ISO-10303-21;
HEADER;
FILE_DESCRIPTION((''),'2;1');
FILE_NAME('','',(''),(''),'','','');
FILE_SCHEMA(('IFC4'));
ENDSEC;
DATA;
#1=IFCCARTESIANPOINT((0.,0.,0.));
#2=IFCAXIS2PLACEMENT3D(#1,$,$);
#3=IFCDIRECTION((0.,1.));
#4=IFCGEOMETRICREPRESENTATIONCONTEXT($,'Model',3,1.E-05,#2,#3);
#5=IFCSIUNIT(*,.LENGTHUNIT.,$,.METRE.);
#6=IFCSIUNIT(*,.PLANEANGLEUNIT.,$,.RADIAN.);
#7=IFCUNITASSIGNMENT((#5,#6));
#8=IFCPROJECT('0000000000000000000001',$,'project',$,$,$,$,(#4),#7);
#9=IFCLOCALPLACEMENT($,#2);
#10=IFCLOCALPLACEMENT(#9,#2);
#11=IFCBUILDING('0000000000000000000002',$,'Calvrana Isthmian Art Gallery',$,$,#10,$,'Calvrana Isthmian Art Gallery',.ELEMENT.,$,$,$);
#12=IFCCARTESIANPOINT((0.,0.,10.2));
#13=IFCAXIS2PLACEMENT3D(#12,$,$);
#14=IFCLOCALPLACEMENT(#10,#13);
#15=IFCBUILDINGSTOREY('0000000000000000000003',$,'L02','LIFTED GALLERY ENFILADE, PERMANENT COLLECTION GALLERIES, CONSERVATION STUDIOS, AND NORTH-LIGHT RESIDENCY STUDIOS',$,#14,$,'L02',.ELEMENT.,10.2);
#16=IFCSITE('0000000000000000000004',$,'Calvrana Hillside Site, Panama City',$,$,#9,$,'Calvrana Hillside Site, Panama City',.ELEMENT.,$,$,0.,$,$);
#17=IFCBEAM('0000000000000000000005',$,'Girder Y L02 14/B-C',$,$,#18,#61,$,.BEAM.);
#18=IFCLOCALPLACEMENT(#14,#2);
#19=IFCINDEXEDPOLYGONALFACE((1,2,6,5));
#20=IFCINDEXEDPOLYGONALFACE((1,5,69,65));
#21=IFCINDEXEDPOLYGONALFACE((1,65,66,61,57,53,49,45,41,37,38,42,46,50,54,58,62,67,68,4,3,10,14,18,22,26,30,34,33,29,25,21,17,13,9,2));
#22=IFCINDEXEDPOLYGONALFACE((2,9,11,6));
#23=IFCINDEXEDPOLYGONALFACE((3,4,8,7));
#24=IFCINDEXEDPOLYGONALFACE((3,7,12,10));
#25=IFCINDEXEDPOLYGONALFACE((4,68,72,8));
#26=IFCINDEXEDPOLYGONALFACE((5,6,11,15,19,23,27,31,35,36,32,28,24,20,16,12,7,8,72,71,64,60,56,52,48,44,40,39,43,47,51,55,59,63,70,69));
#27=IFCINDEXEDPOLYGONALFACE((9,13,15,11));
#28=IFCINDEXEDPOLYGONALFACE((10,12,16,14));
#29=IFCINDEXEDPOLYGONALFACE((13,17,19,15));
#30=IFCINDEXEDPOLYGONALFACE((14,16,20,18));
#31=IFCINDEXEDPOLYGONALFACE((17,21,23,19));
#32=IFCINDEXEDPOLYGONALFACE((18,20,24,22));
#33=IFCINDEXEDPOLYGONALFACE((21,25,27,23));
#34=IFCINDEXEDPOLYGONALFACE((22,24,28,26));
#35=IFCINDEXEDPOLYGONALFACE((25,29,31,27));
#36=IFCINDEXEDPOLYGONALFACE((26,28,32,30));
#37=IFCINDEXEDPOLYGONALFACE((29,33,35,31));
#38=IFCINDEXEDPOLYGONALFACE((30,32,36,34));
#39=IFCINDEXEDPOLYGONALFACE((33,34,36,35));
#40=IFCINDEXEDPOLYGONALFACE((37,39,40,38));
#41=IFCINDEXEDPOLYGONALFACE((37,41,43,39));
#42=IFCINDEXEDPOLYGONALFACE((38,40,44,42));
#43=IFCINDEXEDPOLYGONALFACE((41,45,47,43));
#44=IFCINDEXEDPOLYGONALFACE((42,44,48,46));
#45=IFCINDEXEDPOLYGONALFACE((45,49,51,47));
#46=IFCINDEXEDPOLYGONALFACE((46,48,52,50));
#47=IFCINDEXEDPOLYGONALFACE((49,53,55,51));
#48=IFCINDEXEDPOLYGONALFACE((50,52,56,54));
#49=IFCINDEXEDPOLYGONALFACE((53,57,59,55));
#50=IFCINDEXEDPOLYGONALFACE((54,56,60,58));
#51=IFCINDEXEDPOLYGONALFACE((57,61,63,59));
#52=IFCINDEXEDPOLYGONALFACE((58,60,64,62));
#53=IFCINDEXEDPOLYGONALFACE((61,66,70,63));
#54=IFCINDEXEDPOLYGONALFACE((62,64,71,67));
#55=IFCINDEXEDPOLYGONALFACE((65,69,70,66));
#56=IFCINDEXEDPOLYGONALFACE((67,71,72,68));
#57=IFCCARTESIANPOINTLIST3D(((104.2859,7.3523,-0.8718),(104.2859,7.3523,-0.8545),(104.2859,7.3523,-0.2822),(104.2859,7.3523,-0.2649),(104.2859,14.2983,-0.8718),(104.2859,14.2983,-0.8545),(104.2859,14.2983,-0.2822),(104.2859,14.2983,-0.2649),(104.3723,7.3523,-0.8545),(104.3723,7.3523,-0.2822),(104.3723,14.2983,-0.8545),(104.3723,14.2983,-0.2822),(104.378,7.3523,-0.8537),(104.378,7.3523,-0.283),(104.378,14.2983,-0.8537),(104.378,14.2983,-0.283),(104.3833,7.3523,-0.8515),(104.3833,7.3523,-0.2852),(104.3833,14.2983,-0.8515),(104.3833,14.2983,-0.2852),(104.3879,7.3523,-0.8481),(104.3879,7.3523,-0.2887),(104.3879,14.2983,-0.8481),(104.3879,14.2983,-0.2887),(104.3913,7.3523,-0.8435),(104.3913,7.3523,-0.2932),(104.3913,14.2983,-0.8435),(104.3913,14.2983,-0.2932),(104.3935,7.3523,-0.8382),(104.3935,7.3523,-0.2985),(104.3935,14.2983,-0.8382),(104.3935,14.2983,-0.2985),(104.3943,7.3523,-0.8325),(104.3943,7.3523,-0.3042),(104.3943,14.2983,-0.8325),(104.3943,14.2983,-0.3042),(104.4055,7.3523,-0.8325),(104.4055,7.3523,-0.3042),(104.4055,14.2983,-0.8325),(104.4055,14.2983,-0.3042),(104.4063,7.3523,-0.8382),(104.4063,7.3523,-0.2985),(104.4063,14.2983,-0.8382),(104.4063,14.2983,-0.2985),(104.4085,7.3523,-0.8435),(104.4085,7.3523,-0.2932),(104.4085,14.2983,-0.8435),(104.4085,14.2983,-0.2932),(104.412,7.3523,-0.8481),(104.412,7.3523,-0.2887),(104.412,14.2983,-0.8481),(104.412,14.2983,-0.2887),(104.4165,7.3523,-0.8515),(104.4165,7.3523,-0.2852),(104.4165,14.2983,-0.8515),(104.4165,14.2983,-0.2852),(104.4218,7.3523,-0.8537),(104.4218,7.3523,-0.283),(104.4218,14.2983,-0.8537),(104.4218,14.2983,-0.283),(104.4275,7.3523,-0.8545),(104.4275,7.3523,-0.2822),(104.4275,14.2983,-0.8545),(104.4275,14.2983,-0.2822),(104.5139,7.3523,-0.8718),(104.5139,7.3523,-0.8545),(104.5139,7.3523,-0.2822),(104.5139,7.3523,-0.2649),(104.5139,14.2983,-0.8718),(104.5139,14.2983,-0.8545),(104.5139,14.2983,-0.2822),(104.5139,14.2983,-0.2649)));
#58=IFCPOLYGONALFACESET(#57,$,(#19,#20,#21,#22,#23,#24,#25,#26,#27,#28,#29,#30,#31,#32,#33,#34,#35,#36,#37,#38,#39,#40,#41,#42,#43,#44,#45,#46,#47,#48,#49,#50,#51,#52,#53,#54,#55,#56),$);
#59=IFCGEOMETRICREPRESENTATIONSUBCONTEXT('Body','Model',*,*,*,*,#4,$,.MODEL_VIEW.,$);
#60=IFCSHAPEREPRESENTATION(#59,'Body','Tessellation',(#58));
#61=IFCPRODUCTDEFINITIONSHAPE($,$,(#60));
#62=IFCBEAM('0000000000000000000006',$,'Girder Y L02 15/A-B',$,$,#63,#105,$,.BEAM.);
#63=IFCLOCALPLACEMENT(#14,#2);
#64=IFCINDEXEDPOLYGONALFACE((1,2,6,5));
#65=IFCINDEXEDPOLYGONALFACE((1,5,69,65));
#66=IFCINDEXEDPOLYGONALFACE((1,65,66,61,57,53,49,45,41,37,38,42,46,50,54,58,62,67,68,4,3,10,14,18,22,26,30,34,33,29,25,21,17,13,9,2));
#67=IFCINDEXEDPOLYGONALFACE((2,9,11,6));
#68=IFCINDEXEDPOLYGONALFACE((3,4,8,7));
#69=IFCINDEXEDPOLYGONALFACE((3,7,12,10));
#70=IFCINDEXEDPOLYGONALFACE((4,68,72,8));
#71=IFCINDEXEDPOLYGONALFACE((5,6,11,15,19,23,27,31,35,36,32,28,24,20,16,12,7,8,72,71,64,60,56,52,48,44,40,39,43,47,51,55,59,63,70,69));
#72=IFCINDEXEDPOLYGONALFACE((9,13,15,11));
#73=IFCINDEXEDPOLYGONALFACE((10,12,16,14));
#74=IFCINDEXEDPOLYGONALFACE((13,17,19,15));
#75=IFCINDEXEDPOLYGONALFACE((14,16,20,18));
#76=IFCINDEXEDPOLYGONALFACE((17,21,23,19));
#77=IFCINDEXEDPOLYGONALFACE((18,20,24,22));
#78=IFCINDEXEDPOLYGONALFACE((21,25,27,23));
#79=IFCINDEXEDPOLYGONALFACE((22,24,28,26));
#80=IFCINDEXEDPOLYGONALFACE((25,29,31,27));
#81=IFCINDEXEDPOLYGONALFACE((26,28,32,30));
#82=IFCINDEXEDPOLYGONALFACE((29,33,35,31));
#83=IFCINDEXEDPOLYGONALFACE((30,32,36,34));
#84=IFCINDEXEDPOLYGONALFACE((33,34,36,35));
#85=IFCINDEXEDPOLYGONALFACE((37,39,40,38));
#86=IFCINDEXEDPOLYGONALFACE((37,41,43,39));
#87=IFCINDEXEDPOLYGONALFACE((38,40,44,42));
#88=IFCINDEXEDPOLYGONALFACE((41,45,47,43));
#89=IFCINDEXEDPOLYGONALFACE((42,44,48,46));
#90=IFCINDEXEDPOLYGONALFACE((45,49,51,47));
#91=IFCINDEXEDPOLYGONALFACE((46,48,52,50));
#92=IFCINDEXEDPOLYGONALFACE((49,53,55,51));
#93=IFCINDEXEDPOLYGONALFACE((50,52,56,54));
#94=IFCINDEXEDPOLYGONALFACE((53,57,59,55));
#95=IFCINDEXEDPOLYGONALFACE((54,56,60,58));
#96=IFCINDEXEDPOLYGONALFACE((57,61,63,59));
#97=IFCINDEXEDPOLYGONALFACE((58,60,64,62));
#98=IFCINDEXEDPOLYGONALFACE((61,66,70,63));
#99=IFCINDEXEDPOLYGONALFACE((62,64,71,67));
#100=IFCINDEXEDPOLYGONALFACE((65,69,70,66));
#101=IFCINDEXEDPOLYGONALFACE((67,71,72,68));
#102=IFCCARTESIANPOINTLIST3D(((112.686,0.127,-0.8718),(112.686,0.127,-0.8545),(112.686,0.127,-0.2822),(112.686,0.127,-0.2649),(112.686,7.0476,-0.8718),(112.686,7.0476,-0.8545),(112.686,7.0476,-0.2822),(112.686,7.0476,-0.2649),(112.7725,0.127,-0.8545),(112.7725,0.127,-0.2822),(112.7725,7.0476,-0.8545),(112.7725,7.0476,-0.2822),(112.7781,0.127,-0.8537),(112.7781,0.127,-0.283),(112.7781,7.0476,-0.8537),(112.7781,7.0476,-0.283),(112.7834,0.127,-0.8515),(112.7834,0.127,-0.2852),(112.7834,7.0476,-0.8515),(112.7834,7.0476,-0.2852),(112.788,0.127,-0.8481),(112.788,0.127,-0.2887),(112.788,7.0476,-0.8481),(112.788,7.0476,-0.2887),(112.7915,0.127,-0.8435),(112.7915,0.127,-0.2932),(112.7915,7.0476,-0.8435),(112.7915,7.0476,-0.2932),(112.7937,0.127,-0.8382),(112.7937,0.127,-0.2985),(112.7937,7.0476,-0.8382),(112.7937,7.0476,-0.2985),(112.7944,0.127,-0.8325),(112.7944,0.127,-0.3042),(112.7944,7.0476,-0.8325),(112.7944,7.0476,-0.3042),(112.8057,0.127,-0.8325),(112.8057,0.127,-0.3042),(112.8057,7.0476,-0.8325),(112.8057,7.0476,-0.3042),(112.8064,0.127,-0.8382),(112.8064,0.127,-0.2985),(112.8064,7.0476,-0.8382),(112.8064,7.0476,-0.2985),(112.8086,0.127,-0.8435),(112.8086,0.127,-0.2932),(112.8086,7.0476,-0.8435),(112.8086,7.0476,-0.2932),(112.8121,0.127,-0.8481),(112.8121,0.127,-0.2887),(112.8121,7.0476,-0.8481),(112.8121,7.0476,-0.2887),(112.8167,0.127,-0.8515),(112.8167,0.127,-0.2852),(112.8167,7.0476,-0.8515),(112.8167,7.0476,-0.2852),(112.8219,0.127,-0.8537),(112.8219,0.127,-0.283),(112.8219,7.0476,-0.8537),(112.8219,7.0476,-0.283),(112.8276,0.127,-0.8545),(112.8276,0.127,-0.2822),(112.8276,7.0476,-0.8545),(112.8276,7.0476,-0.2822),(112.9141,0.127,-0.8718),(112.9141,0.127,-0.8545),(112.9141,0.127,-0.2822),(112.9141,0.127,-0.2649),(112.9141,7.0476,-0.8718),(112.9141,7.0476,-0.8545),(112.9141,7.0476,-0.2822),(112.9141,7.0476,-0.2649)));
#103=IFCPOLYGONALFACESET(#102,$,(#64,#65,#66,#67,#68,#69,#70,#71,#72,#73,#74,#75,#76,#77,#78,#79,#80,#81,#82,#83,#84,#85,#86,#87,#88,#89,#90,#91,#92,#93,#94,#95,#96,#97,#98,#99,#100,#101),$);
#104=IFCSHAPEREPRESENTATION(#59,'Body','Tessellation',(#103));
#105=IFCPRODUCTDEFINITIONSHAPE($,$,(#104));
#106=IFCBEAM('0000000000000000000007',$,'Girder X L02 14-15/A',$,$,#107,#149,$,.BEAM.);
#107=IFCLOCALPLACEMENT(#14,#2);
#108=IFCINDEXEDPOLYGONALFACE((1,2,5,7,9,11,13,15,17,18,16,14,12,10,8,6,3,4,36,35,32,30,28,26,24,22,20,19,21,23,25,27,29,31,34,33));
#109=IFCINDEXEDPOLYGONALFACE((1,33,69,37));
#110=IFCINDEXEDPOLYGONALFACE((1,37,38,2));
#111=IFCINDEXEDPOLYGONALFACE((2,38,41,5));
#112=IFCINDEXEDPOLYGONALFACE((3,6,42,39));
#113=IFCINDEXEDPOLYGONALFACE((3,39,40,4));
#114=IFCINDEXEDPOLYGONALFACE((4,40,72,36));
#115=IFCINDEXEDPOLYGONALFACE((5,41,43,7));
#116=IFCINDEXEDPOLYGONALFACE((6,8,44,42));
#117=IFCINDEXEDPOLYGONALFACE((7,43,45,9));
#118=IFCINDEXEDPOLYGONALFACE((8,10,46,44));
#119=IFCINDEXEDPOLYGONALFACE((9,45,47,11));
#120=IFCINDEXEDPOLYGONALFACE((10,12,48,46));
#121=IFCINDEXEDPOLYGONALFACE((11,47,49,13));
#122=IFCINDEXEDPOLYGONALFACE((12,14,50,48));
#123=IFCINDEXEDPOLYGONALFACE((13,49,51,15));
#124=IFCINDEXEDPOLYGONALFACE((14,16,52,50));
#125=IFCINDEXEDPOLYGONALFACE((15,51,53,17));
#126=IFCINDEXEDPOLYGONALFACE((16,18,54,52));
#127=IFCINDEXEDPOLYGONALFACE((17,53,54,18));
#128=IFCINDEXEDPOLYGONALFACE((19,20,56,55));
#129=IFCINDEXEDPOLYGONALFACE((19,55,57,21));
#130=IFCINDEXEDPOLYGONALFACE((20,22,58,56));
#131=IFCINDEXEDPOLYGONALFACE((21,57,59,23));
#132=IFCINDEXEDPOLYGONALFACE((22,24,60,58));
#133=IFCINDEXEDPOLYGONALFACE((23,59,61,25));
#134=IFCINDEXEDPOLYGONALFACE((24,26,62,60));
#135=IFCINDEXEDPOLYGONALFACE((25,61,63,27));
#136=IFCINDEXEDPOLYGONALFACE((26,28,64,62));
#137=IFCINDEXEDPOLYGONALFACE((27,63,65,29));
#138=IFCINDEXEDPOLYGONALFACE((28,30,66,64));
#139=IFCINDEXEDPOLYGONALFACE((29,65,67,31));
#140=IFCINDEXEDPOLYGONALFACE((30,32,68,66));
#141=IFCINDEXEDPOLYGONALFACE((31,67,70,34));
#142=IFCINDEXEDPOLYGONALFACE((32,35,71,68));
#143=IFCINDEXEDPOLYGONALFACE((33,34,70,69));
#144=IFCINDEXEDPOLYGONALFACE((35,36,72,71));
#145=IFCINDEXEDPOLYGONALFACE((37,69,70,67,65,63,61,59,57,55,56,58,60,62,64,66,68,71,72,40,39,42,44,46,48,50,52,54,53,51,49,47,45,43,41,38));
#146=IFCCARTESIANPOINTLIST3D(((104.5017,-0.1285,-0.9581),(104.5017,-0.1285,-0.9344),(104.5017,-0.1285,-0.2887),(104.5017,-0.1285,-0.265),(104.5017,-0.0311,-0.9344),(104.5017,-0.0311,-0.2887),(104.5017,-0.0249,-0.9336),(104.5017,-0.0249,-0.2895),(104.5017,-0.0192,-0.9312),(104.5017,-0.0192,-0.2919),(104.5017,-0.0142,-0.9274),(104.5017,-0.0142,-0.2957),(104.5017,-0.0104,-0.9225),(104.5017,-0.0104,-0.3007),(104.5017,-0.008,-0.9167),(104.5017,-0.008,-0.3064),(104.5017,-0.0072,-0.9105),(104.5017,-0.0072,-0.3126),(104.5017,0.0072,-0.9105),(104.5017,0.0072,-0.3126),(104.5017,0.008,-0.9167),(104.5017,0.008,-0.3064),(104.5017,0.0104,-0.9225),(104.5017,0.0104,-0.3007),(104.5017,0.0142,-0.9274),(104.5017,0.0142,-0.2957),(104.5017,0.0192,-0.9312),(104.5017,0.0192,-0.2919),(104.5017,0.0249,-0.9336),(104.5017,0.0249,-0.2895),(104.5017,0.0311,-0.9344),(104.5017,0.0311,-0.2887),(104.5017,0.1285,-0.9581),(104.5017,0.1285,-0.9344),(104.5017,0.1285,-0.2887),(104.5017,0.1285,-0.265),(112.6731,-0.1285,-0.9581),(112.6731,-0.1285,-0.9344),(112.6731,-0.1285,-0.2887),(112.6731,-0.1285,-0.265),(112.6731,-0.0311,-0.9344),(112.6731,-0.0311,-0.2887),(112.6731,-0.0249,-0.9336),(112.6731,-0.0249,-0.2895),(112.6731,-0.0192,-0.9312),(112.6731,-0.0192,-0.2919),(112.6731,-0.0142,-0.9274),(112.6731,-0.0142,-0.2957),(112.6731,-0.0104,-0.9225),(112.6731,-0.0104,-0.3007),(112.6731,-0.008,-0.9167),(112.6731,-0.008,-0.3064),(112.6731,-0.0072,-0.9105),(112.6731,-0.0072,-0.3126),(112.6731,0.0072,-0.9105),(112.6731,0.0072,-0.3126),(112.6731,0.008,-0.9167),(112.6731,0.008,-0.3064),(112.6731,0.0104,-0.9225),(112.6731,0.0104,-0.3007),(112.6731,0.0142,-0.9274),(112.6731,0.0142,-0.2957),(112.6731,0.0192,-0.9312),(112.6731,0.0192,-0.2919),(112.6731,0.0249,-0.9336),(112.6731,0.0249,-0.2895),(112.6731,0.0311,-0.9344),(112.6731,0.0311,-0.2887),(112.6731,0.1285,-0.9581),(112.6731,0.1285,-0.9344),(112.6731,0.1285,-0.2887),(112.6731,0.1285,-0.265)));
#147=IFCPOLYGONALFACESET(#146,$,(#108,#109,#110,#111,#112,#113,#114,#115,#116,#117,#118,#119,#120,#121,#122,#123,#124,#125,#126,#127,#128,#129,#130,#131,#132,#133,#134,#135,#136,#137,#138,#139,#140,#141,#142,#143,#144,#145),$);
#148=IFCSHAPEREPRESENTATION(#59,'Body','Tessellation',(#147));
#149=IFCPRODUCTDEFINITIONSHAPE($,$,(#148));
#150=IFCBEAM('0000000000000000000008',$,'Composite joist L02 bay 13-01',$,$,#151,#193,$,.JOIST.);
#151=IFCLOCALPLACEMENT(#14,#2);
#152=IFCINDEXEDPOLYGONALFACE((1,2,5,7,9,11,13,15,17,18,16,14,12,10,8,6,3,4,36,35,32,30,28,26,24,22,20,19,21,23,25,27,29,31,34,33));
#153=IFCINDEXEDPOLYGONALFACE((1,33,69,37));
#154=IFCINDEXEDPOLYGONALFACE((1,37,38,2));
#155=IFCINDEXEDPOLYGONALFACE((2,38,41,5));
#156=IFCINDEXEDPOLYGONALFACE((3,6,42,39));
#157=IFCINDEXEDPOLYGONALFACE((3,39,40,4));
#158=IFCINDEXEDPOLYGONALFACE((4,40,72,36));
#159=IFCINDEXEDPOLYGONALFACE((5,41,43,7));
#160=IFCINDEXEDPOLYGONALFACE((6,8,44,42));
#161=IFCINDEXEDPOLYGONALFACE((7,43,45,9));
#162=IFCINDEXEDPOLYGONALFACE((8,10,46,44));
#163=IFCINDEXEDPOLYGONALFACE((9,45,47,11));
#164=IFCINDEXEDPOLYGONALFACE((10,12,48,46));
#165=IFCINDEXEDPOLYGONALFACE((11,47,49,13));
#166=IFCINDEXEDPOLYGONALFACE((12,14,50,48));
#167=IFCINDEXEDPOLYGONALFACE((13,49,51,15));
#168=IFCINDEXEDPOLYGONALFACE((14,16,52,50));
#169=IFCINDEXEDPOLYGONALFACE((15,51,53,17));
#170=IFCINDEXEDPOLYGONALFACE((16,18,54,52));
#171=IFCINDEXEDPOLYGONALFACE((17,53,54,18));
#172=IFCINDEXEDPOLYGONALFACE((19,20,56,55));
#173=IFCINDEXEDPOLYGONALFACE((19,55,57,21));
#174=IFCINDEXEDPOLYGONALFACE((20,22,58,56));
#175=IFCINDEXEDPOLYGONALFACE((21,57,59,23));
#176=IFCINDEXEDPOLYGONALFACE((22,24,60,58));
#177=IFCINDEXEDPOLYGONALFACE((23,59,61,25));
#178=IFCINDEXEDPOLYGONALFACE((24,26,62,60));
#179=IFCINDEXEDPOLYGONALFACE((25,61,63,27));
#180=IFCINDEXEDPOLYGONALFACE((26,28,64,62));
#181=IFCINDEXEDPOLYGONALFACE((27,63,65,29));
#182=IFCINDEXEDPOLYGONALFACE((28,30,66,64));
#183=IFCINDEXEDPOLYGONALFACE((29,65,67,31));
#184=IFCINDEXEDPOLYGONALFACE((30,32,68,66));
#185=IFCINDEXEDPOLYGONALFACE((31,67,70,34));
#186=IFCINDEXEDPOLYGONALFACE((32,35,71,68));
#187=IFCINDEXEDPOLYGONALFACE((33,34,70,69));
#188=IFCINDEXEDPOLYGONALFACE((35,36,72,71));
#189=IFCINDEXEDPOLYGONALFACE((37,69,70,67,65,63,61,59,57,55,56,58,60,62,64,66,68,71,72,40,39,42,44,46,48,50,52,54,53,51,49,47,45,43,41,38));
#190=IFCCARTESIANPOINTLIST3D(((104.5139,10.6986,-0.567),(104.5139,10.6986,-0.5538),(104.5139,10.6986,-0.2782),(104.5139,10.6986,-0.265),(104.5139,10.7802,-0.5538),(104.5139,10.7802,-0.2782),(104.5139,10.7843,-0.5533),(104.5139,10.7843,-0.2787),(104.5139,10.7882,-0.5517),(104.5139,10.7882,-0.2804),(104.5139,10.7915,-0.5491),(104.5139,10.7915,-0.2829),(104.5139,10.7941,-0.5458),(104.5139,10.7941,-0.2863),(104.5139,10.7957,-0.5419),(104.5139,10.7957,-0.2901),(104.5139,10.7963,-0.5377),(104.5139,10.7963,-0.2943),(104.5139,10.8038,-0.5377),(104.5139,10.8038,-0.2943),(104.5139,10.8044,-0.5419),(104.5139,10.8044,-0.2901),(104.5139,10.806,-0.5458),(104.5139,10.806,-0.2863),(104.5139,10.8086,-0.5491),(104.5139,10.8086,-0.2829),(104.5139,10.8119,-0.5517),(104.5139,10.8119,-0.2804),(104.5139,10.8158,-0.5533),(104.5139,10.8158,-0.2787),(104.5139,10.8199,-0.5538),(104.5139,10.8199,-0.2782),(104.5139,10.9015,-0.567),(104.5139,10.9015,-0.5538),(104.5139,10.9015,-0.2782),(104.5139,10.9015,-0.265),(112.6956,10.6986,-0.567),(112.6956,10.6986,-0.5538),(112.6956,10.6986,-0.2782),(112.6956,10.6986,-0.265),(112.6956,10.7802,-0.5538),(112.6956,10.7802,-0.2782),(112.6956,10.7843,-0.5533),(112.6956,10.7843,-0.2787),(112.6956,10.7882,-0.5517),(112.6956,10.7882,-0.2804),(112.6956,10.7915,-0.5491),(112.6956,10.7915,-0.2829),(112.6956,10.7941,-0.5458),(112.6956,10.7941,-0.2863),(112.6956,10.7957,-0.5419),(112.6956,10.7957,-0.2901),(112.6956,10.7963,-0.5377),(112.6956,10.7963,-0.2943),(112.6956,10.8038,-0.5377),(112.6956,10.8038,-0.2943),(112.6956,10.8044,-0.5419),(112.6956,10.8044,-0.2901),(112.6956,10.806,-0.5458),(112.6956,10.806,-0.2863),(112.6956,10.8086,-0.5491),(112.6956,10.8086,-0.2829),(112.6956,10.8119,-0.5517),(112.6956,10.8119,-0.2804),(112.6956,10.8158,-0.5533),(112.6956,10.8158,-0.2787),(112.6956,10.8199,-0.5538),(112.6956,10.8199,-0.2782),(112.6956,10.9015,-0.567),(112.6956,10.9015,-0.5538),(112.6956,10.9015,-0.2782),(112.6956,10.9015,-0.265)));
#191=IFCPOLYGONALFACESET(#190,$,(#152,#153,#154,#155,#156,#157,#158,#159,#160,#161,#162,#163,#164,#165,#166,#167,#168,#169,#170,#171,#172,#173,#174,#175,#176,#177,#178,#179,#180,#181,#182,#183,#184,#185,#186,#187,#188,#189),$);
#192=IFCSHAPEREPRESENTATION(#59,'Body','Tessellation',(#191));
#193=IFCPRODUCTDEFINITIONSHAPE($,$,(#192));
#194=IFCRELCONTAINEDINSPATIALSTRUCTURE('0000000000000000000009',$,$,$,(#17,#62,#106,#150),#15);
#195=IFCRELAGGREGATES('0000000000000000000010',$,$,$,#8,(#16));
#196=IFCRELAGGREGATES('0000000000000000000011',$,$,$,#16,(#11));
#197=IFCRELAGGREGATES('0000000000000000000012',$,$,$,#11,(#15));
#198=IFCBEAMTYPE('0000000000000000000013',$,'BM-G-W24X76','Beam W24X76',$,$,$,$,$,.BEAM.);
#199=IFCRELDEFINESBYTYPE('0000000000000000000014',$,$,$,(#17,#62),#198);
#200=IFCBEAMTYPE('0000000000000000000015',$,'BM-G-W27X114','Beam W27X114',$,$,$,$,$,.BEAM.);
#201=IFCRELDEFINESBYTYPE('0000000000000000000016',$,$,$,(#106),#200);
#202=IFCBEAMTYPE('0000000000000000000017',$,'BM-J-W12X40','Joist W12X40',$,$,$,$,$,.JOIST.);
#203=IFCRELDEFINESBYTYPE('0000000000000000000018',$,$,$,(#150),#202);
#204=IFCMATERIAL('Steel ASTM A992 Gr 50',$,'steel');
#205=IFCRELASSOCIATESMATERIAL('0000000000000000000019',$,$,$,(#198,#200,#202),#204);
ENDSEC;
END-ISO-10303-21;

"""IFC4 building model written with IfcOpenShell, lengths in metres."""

from ifc_helpers import new_model, si_unit, direction, frame, origin, origin_2d, place, context, subcontext, project, spatial, i_section, extrude, material, material_profile, profile_set, type_object, element, save


model = new_model("IFC4")

# Units and contexts
model_context = context("Model", 3, precision=1e-05, world=origin(), true_north=direction((0.0, 1.0)))
body_context = subcontext(model_context, "Body", "Model", "MODEL_VIEW")
ifc_project = project(units=[si_unit("LENGTHUNIT", "METRE"), si_unit("PLANEANGLEUNIT", "RADIAN")], contexts=[model_context])

# Site, building, storey
site_placement = place(None, origin())
site = spatial("IfcSite", under=ifc_project, at=site_placement, Name="Calvrana Hillside Site, Panama City", LongName="Calvrana Hillside Site, Panama City", CompositionType="ELEMENT", RefElevation=0.0)
building_placement = place(site_placement, origin())
building = spatial("IfcBuilding", under=site, at=building_placement, Name="Calvrana Isthmian Art Gallery", LongName="Calvrana Isthmian Art Gallery", CompositionType="ELEMENT")
storey_placement = place(building_placement, frame((0.0, 0.0, 10.2)))
storey = spatial("IfcBuildingStorey", under=building, at=storey_placement, Name="L02", Description="LIFTED GALLERY ENFILADE, PERMANENT COLLECTION GALLERIES, CONSERVATION STUDIOS, AND NORTH-LIGHT RESIDENCY STUDIOS", LongName="L02", CompositionType="ELEMENT", Elevation=10.2)

# Beams
ifc_material_1 = material(Name="Steel ASTM A992 Gr 50", Category="steel")
ifc_material_profile_1 = material_profile(ifc_material_1, i_section(OverallWidth=0.228, OverallDepth=0.6069, WebThickness=0.0112, FlangeThickness=0.0173, FilletRadius=0.022, at=origin_2d()), Name="W24X76")
ifc_profile_set_1 = profile_set([ifc_material_profile_1], Name="Steel ASTM A992 Gr 50")
beam_type_1 = type_object("IfcBeamType", Name="BM-G-W24X76", Description="Beam W24X76", PredefinedType="BEAM", material=ifc_profile_set_1)
beam_1_placement = place(storey_placement, frame((104.3999, 7.3523, -0.5684), z_axis=(0.0, 1.0, 0.0), x_axis=(-1.0, 0.0, 0.0)))
element("IfcBeam", 1, at=beam_1_placement, inside=storey, type_object=beam_type_1, Name="Girder Y L02 14/B-C", PredefinedType="BEAM", context=body_context, shape_type="SweptSolid", body=[
    extrude(i_section(OverallWidth=0.228, OverallDepth=0.6069, WebThickness=0.0112, FlangeThickness=0.0173, FilletRadius=0.022, at=origin_2d()), origin(), (0.0, 0.0, 1.0), 6.946),
])
beam_2_placement = place(storey_placement, frame((112.8, 0.127, -0.5684), z_axis=(0.0, 1.0, 0.0), x_axis=(-1.0, 0.0, 0.0)))
element("IfcBeam", 2, at=beam_2_placement, inside=storey, type_object=beam_type_1, Name="Girder Y L02 15/A-B", PredefinedType="BEAM", context=body_context, shape_type="SweptSolid", body=[
    extrude(i_section(OverallWidth=0.228, OverallDepth=0.6069, WebThickness=0.0112, FlangeThickness=0.0173, FilletRadius=0.022, at=origin_2d()), origin(), (0.0, 0.0, 1.0), 6.9207),
])
ifc_material_profile_2 = material_profile(ifc_material_1, i_section(OverallWidth=0.2571, OverallDepth=0.6931, WebThickness=0.0144, FlangeThickness=0.0237, FilletRadius=0.0239, at=origin_2d()), Name="W27X114")
ifc_profile_set_2 = profile_set([ifc_material_profile_2], Name="Steel ASTM A992 Gr 50")
beam_type_2 = type_object("IfcBeamType", Name="BM-G-W27X114", Description="Beam W27X114", PredefinedType="BEAM", material=ifc_profile_set_2)
beam_3_placement = place(storey_placement, frame((104.5017, 0.0, -0.6116), z_axis=(1.0, 0.0, 0.0), x_axis=(0.0, 1.0, 0.0)))
element("IfcBeam", 3, at=beam_3_placement, inside=storey, type_object=beam_type_2, Name="Girder X L02 14-15/A", PredefinedType="BEAM", context=body_context, shape_type="SweptSolid", body=[
    extrude(i_section(OverallWidth=0.2571, OverallDepth=0.6931, WebThickness=0.0144, FlangeThickness=0.0237, FilletRadius=0.0239, at=origin_2d()), origin(), (0.0, 0.0, 1.0), 8.1714),
])
ifc_material_profile_3 = material_profile(ifc_material_1, i_section(OverallWidth=0.2029, OverallDepth=0.302, WebThickness=0.0076, FlangeThickness=0.0132, FilletRadius=0.0161, at=origin_2d()), Name="W12X40")
ifc_profile_set_3 = profile_set([ifc_material_profile_3], Name="Steel ASTM A992 Gr 50")
beam_type_3 = type_object("IfcBeamType", Name="BM-J-W12X40", Description="Joist W12X40", PredefinedType="JOIST", material=ifc_profile_set_3)
beam_4_placement = place(storey_placement, frame((104.5139, 10.8, -0.416), z_axis=(1.0, 0.0, 0.0), x_axis=(0.0, 1.0, 0.0)))
element("IfcBeam", 4, at=beam_4_placement, inside=storey, type_object=beam_type_3, Name="Composite joist L02 bay 13-01", PredefinedType="JOIST", context=body_context, shape_type="SweptSolid", body=[
    extrude(i_section(OverallWidth=0.2029, OverallDepth=0.302, WebThickness=0.0076, FlangeThickness=0.0132, FilletRadius=0.0161, at=origin_2d()), origin(), (0.0, 0.0, 1.0), 8.1816),
])

save(model, "model.ifc")
